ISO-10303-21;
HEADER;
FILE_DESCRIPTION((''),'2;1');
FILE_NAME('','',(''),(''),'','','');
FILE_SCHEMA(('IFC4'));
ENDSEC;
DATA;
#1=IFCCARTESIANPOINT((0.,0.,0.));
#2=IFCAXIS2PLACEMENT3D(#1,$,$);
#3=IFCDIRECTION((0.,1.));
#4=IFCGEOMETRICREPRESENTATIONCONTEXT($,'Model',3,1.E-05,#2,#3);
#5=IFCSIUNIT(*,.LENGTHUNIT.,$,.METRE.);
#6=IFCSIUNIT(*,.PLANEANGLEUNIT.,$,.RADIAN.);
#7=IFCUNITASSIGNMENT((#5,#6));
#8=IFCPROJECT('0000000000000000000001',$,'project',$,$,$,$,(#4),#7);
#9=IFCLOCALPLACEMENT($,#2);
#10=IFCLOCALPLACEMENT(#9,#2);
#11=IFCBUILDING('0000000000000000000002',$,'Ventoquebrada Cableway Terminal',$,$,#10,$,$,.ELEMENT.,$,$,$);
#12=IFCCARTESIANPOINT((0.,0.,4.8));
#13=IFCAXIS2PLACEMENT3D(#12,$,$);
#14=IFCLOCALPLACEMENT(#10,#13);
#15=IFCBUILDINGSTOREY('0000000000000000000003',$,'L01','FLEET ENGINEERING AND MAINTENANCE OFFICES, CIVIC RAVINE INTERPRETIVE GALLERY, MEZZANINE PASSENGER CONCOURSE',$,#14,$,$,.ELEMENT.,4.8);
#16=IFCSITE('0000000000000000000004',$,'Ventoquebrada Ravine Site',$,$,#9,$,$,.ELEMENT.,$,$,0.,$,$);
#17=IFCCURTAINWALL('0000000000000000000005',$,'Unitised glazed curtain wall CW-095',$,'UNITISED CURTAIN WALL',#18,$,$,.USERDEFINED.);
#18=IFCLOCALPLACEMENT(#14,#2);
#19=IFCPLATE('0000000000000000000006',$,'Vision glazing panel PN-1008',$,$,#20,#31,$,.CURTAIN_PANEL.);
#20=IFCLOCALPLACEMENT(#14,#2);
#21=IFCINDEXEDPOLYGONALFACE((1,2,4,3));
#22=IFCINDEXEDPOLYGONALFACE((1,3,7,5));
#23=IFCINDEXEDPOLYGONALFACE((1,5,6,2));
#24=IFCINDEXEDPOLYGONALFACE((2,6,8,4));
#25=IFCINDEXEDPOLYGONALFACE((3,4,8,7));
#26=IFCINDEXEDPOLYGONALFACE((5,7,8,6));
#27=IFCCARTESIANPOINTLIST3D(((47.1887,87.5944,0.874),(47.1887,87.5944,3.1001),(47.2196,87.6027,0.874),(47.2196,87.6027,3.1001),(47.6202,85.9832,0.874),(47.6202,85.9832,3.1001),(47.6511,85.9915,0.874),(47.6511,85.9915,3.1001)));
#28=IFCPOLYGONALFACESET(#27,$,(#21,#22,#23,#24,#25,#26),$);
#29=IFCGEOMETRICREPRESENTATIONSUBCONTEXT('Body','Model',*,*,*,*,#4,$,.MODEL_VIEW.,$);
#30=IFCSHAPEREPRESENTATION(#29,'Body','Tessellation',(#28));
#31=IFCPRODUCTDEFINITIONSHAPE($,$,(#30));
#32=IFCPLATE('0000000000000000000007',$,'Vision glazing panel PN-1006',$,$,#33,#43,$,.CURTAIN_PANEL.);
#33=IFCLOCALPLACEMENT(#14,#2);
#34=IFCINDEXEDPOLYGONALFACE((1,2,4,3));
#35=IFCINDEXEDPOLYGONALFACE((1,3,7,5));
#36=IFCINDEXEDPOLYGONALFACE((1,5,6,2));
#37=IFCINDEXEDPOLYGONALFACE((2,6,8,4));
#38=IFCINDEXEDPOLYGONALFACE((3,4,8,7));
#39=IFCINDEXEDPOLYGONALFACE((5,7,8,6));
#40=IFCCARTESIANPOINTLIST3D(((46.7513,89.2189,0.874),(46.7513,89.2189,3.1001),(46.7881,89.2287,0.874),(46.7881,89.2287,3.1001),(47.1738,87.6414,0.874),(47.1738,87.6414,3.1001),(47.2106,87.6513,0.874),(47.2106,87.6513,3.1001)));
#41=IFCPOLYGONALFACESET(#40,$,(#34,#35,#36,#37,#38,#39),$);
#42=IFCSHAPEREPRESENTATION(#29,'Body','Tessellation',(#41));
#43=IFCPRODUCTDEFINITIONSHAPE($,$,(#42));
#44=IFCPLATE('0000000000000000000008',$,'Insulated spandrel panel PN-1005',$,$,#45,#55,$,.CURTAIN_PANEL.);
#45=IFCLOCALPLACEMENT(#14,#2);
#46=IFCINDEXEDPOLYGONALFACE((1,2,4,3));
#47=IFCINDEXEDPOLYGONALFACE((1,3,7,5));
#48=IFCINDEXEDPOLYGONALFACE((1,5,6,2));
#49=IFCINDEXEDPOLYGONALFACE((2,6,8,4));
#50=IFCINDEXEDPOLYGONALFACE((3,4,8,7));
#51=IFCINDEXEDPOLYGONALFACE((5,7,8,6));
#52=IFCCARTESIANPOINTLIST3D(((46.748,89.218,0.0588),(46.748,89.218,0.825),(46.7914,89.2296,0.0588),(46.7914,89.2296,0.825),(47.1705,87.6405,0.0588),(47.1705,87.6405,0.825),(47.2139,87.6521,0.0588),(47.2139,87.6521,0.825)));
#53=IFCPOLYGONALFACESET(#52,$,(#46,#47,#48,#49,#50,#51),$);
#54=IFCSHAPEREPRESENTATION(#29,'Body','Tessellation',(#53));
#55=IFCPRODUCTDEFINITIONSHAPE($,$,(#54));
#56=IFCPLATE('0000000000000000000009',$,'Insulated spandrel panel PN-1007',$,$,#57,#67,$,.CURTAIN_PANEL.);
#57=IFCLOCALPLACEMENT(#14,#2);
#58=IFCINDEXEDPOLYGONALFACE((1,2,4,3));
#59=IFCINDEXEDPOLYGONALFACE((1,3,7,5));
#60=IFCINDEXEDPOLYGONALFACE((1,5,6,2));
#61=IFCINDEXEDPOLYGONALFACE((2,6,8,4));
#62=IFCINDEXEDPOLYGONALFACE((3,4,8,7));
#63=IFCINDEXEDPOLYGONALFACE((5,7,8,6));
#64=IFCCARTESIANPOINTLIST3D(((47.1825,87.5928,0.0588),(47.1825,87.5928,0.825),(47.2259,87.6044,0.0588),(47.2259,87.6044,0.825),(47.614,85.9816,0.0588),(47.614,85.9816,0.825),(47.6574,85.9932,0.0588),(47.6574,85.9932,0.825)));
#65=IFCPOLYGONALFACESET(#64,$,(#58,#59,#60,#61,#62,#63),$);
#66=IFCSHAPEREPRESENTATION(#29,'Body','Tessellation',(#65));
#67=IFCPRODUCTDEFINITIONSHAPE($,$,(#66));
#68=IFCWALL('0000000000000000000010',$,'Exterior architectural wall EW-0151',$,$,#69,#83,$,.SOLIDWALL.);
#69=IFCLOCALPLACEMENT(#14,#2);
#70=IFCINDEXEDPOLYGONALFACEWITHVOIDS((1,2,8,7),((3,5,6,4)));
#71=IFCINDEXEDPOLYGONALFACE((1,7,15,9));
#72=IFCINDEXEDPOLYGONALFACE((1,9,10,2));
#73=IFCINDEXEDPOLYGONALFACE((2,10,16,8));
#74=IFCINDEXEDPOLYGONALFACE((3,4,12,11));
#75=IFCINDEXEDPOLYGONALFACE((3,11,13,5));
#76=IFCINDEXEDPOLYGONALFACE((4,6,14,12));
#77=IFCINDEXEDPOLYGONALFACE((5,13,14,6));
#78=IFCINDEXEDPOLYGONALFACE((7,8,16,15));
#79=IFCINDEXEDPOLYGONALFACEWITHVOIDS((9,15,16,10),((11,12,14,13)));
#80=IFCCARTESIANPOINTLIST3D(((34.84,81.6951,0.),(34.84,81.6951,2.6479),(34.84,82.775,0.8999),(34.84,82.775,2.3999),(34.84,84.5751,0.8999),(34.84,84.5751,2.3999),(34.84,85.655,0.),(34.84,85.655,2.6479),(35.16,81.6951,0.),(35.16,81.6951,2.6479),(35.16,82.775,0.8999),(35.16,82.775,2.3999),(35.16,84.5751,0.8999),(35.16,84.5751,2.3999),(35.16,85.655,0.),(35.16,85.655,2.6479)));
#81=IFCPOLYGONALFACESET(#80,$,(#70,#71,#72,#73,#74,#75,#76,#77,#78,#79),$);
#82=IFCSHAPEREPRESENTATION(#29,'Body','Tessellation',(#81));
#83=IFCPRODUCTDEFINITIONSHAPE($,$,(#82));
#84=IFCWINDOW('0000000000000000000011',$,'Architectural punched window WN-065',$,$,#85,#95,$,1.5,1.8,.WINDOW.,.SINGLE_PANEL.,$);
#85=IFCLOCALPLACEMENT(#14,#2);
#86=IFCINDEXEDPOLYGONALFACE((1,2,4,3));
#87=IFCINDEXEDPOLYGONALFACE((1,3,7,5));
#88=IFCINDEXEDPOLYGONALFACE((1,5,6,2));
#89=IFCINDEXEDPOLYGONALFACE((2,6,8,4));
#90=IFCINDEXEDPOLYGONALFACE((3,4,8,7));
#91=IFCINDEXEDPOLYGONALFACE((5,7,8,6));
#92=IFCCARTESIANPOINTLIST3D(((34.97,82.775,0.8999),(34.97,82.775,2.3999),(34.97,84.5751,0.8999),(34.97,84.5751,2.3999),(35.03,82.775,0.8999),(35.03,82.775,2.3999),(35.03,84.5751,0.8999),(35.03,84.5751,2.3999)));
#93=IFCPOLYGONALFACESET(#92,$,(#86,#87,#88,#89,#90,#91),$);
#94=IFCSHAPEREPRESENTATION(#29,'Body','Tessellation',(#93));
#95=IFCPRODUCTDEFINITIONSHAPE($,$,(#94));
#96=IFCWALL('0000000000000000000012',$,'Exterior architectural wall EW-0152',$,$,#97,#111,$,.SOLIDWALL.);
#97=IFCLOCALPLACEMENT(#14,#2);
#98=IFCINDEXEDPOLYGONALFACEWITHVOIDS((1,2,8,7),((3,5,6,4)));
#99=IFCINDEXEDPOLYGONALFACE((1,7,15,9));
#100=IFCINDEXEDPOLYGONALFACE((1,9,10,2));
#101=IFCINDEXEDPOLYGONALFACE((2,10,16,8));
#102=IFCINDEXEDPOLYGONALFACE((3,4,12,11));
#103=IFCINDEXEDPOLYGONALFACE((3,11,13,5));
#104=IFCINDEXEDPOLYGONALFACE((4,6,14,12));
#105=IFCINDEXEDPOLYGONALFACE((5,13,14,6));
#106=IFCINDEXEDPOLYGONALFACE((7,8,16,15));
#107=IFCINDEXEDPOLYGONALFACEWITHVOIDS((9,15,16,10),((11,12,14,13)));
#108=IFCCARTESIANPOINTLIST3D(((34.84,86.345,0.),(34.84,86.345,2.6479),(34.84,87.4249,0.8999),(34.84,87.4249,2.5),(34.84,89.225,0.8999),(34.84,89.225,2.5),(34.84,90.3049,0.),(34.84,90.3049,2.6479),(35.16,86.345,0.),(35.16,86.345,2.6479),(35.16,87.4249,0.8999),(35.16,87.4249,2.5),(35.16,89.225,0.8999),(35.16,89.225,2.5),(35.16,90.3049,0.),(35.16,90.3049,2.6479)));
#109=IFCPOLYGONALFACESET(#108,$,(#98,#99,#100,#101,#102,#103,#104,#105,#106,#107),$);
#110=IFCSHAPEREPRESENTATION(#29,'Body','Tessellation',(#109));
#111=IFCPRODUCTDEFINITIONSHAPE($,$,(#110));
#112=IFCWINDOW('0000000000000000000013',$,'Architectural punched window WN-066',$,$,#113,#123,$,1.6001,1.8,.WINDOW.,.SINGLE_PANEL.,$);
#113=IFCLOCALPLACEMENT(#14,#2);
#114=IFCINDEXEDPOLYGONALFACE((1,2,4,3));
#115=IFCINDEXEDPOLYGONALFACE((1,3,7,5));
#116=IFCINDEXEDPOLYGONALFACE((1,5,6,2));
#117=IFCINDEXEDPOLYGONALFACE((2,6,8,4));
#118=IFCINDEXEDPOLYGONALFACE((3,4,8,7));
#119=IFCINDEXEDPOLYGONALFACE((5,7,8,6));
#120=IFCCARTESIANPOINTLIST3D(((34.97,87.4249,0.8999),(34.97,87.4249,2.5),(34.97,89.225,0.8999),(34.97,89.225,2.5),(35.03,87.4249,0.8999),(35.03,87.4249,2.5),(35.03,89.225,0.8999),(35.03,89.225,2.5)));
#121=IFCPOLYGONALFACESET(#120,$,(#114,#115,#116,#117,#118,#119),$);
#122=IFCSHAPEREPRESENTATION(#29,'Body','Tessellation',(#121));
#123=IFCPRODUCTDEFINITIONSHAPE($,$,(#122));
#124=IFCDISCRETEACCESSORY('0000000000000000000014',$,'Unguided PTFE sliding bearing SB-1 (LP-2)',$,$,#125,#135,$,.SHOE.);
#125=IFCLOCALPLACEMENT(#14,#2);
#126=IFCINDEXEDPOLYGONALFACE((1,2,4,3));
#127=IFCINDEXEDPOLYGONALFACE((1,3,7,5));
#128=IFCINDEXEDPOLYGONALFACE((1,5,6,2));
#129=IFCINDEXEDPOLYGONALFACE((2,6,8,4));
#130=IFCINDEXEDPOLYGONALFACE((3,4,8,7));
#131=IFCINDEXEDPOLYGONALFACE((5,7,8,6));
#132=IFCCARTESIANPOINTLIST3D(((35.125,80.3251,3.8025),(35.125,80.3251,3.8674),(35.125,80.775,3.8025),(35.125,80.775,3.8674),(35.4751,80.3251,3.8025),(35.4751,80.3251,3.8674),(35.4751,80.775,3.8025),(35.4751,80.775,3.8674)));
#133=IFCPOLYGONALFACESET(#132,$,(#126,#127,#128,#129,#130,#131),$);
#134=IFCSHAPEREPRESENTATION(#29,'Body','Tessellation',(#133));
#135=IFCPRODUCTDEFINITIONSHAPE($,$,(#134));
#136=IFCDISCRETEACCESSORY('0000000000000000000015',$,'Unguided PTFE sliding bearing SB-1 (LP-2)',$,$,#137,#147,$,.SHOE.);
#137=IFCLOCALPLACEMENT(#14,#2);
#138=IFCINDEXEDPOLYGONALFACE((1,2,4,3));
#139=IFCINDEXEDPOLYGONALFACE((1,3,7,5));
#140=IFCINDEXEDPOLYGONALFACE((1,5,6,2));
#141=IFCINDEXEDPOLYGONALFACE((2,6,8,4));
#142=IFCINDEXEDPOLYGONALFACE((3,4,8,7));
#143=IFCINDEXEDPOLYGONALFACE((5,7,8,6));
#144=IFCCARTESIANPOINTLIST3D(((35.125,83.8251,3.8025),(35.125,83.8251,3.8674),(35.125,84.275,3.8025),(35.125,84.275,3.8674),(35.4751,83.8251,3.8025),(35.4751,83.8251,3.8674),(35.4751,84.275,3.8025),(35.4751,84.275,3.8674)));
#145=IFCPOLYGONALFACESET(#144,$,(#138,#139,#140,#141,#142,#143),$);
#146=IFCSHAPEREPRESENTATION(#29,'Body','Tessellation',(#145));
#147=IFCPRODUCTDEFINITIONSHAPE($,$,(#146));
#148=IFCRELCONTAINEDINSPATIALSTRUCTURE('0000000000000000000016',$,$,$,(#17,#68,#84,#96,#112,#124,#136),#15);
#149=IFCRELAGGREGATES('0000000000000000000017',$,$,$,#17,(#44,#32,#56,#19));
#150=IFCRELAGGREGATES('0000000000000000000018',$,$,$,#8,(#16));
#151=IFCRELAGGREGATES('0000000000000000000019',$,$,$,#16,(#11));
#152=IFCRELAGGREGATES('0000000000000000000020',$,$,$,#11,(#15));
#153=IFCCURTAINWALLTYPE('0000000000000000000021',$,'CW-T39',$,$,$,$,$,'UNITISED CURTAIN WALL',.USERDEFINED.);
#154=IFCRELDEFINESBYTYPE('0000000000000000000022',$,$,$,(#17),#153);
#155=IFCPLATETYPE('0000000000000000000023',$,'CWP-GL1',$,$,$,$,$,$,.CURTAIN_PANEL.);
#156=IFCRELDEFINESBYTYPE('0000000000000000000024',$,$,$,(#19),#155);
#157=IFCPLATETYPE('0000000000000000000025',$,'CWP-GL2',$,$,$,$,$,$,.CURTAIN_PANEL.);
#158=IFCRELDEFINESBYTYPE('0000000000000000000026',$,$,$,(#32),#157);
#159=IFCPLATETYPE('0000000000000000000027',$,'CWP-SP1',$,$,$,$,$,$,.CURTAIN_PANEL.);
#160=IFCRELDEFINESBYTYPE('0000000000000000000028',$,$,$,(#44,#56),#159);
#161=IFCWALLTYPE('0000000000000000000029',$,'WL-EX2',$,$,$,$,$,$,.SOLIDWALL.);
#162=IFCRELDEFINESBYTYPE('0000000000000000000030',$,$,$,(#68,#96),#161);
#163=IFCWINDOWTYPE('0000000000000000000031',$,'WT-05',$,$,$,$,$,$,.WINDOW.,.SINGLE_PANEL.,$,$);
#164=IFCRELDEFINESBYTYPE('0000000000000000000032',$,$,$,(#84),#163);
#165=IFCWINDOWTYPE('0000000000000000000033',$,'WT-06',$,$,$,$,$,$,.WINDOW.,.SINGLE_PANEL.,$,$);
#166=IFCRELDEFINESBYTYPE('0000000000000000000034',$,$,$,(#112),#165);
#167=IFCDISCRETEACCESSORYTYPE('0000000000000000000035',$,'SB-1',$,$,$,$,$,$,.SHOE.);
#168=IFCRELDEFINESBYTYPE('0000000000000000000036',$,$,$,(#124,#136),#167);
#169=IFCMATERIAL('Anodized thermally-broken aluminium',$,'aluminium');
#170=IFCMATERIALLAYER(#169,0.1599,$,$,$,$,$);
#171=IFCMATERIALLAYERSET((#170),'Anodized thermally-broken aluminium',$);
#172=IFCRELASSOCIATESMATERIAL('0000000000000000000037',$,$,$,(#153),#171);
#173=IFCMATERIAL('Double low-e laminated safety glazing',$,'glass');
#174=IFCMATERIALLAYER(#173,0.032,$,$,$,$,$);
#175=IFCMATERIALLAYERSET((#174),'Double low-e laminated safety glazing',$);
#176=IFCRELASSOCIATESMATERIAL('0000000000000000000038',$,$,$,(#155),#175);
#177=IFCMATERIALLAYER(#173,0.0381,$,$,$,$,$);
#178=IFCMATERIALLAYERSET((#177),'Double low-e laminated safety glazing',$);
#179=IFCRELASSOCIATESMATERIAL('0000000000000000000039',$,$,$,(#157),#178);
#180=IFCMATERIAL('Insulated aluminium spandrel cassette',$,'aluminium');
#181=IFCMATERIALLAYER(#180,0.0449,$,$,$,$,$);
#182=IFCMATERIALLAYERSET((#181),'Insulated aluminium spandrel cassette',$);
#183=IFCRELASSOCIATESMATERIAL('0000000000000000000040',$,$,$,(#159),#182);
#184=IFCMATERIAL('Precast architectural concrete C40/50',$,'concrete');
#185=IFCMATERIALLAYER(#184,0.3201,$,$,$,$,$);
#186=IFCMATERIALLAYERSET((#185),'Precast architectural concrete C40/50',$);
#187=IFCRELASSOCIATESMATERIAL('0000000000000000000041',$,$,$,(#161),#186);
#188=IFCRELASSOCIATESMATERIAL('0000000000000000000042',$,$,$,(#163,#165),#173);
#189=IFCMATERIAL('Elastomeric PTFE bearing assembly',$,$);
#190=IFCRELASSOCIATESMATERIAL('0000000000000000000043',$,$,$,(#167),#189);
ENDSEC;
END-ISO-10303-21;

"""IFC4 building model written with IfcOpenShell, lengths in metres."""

from ifc_helpers import new_model, si_unit, direction, frame, frame_2d, origin, origin_2d, place, context, subcontext, project, spatial, rectangle, extrude, material, layer, layer_set, type_object, element, fill, aggregate, save


model = new_model("IFC4")

# Units and contexts
model_context = context("Model", 3, precision=1e-05, world=origin(), true_north=direction((0.0, 1.0)))
body_context = subcontext(model_context, "Body", "Model", "MODEL_VIEW")
ifc_project = project(units=[si_unit("LENGTHUNIT", "METRE"), si_unit("PLANEANGLEUNIT", "RADIAN")], contexts=[model_context])

# Site, building, storey
site_placement = place(None, origin())
site = spatial("IfcSite", under=ifc_project, at=site_placement, Name="Ventoquebrada Ravine Site", CompositionType="ELEMENT", RefElevation=0.0)
building_placement = place(site_placement, origin())
building = spatial("IfcBuilding", under=site, at=building_placement, Name="Ventoquebrada Cableway Terminal", CompositionType="ELEMENT")
storey_placement = place(building_placement, frame((0.0, 0.0, 4.8)))
storey = spatial("IfcBuildingStorey", under=building, at=storey_placement, Name="L01", Description="FLEET ENGINEERING AND MAINTENANCE OFFICES, CIVIC RAVINE INTERPRETIVE GALLERY, MEZZANINE PASSENGER CONCOURSE", CompositionType="ELEMENT", Elevation=4.8)

# Curtain wall
ifc_material_1 = material(Name="Anodized thermally-broken aluminium", Category="aluminium")
ifc_layer_1 = layer(ifc_material_1, 0.1599)
ifc_layer_set_1 = layer_set([ifc_layer_1], Name="Anodized thermally-broken aluminium")
curtain_wall_type = type_object("IfcCurtainWallType", Name="CW-T39", ElementType="UNITISED CURTAIN WALL", PredefinedType="USERDEFINED", material=ifc_layer_set_1)
curtain_wall_placement = place(storey_placement, origin())
curtain_wall = element("IfcCurtainWall", 1, at=curtain_wall_placement, inside=storey, type_object=curtain_wall_type, Name="Unitised glazed curtain wall CW-095", ObjectType="UNITISED CURTAIN WALL", PredefinedType="USERDEFINED")

# Plates
ifc_material_2 = material(Name="Double low-e laminated safety glazing", Category="glass")
ifc_layer_2 = layer(ifc_material_2, 0.032)
ifc_layer_set_2 = layer_set([ifc_layer_2], Name="Double low-e laminated safety glazing")
plate_type_1 = type_object("IfcPlateType", Name="CWP-GL1", PredefinedType="CURTAIN_PANEL", material=ifc_layer_set_2)
plate_1_placement = place(storey_placement, frame((47.4199, 86.793, 0.874), z_axis=(0.0, 0.0, 1.0), x_axis=(0.258701, -0.965957, 0.0)))
plate_1 = element("IfcPlate", 2, at=plate_1_placement, type_object=plate_type_1, Name="Vision glazing panel PN-1008", PredefinedType="CURTAIN_PANEL", context=body_context, shape_type="SweptSolid", body=[
    extrude(rectangle(XDim=1.668, YDim=0.032, at=origin_2d()), origin(), (0.0, 0.0, 1.0), 2.2261),
])
ifc_layer_3 = layer(ifc_material_2, 0.0381)
ifc_layer_set_3 = layer_set([ifc_layer_3], Name="Double low-e laminated safety glazing")
plate_type_2 = type_object("IfcPlateType", Name="CWP-GL2", PredefinedType="CURTAIN_PANEL", material=ifc_layer_set_3)
plate_2_placement = place(storey_placement, frame((46.981, 88.4351, 0.874), z_axis=(0.0, 0.0, 1.0), x_axis=(0.258701, -0.965957, 0.0)))
plate_2 = element("IfcPlate", 3, at=plate_2_placement, type_object=plate_type_2, Name="Vision glazing panel PN-1006", PredefinedType="CURTAIN_PANEL", context=body_context, shape_type="SweptSolid", body=[
    extrude(rectangle(XDim=1.6331, YDim=0.0381, at=origin_2d()), origin(), (0.0, 0.0, 1.0), 2.2261),
])
ifc_material_3 = material(Name="Insulated aluminium spandrel cassette", Category="aluminium")
ifc_layer_4 = layer(ifc_material_3, 0.0449)
ifc_layer_set_4 = layer_set([ifc_layer_4], Name="Insulated aluminium spandrel cassette")
plate_type_3 = type_object("IfcPlateType", Name="CWP-SP1", PredefinedType="CURTAIN_PANEL", material=ifc_layer_set_4)
plate_3_placement = place(storey_placement, frame((46.981, 88.4351, 0.0588), z_axis=(0.0, 0.0, 1.0), x_axis=(0.258701, -0.965957, 0.0)))
plate_3 = element("IfcPlate", 4, at=plate_3_placement, type_object=plate_type_3, Name="Insulated spandrel panel PN-1005", PredefinedType="CURTAIN_PANEL", context=body_context, shape_type="SweptSolid", body=[
    extrude(rectangle(XDim=1.6331, YDim=0.0449, at=origin_2d()), origin(), (0.0, 0.0, 1.0), 0.7661),
])
plate_4_placement = place(storey_placement, frame((47.4199, 86.793, 0.0588), z_axis=(0.0, 0.0, 1.0), x_axis=(0.258701, -0.965957, 0.0)))
plate_4 = element("IfcPlate", 5, at=plate_4_placement, type_object=plate_type_3, Name="Insulated spandrel panel PN-1007", PredefinedType="CURTAIN_PANEL", context=body_context, shape_type="SweptSolid", body=[
    extrude(rectangle(XDim=1.668, YDim=0.0449, at=origin_2d()), origin(), (0.0, 0.0, 1.0), 0.7661),
])
aggregate(curtain_wall, [plate_3, plate_2, plate_4, plate_1])

# Walls, openings, windows
ifc_material_4 = material(Name="Precast architectural concrete C40/50", Category="concrete")
ifc_layer_5 = layer(ifc_material_4, 0.3201)
ifc_layer_set_5 = layer_set([ifc_layer_5], Name="Precast architectural concrete C40/50")
wall_type = type_object("IfcWallType", Name="WL-EX2", PredefinedType="SOLIDWALL", material=ifc_layer_set_5)
wall_1_placement = place(storey_placement, frame((35.0, 81.6951, 0.0), z_axis=(0.0, 0.0, 1.0), x_axis=(0.0, 1.0, 0.0)))
wall_1 = element("IfcWall", 6, at=wall_1_placement, inside=storey, type_object=wall_type, Name="Exterior architectural wall EW-0151", PredefinedType="SOLIDWALL", context=body_context, shape_type="SweptSolid", body=[
    extrude(rectangle(XDim=3.96, YDim=0.3201, at=frame_2d((1.98, 0.0))), origin(), (0.0, 0.0, 1.0), 2.6479),
])
opening_1_placement = place(wall_1_placement, frame((1.0801, 0.0, 0.8999)))
opening_1 = element("IfcOpeningElement", 7, at=opening_1_placement, cuts=wall_1, PredefinedType="OPENING", context=body_context, shape_type="SweptSolid", body=[
    extrude(rectangle(XDim=1.8, YDim=1.5, at=frame_2d((0.8999, 0.75))), frame((0.0, 0.1699, 0.0), z_axis=(0.0, -1.0, 0.0), x_axis=(1.0, 0.0, 0.0)), (0.0, 0.0, 1.0), 0.3401),
])
window_type_1 = type_object("IfcWindowType", Name="WT-05", PartitioningType="SINGLE_PANEL", PredefinedType="WINDOW", material=ifc_material_2)
window_1_placement = place(opening_1_placement, origin())
window_1 = element("IfcWindow", 8, at=window_1_placement, inside=storey, type_object=window_type_1, Name="Architectural punched window WN-065", OverallHeight=1.5, OverallWidth=1.8, PartitioningType="SINGLE_PANEL", PredefinedType="WINDOW", context=body_context, shape_type="SweptSolid", body=[
    extrude(rectangle(XDim=1.8, YDim=1.5, at=frame_2d((0.8999, 0.75))), frame((0.0, 0.03, 0.0), z_axis=(0.0, -1.0, 0.0), x_axis=(1.0, 0.0, 0.0)), (0.0, 0.0, 1.0), 0.0601),
])
fill(opening_1, window_1)
wall_2_placement = place(storey_placement, frame((35.0, 86.345, 0.0), z_axis=(0.0, 0.0, 1.0), x_axis=(0.0, 1.0, 0.0)))
wall_2 = element("IfcWall", 9, at=wall_2_placement, inside=storey, type_object=wall_type, Name="Exterior architectural wall EW-0152", PredefinedType="SOLIDWALL", context=body_context, shape_type="SweptSolid", body=[
    extrude(rectangle(XDim=3.96, YDim=0.3201, at=frame_2d((1.98, 0.0))), origin(), (0.0, 0.0, 1.0), 2.6479),
])
opening_2_placement = place(wall_2_placement, frame((1.0801, 0.0, 0.8999)))
opening_2 = element("IfcOpeningElement", 10, at=opening_2_placement, cuts=wall_2, PredefinedType="OPENING", context=body_context, shape_type="SweptSolid", body=[
    extrude(rectangle(XDim=1.8, YDim=1.6001, at=frame_2d((0.8999, 0.8))), frame((0.0, 0.1699, 0.0), z_axis=(0.0, -1.0, 0.0), x_axis=(1.0, 0.0, 0.0)), (0.0, 0.0, 1.0), 0.3401),
])
window_type_2 = type_object("IfcWindowType", Name="WT-06", PartitioningType="SINGLE_PANEL", PredefinedType="WINDOW", material=ifc_material_2)
window_2_placement = place(opening_2_placement, origin())
window_2 = element("IfcWindow", 11, at=window_2_placement, inside=storey, type_object=window_type_2, Name="Architectural punched window WN-066", OverallHeight=1.6001, OverallWidth=1.8, PartitioningType="SINGLE_PANEL", PredefinedType="WINDOW", context=body_context, shape_type="SweptSolid", body=[
    extrude(rectangle(XDim=1.8, YDim=1.6001, at=frame_2d((0.8999, 0.8))), frame((0.0, 0.03, 0.0), z_axis=(0.0, -1.0, 0.0), x_axis=(1.0, 0.0, 0.0)), (0.0, 0.0, 1.0), 0.0601),
])
fill(opening_2, window_2)

# Discrete accessories
ifc_material_5 = material(Name="Elastomeric PTFE bearing assembly")
discrete_accessory_type = type_object("IfcDiscreteAccessoryType", Name="SB-1", PredefinedType="SHOE", material=ifc_material_5)
for number, where, z_axis, x_axis, name in (
    (12, (35.3, 80.55, 3.8025), (0.0, 0.0, 1.0), (1.0, 0.0, 0.0), "Unguided PTFE sliding bearing SB-1 (LP-2)"),
    (13, (35.3, 84.05, 3.8025), (0.0, 0.0, 1.0), (1.0, 0.0, 0.0), "Unguided PTFE sliding bearing SB-1 (LP-2)"),
):
    element("IfcDiscreteAccessory", number, at=place(storey_placement, frame(where, z_axis=z_axis, x_axis=x_axis)), inside=storey, type_object=discrete_accessory_type, Name=name, PredefinedType="SHOE", context=body_context, shape_type="SweptSolid", body=[
        extrude(rectangle(XDim=0.3501, YDim=0.45, at=origin_2d()), origin(), (0.0, 0.0, 1.0), 0.0649),
    ])

save(model, "model.ifc")
